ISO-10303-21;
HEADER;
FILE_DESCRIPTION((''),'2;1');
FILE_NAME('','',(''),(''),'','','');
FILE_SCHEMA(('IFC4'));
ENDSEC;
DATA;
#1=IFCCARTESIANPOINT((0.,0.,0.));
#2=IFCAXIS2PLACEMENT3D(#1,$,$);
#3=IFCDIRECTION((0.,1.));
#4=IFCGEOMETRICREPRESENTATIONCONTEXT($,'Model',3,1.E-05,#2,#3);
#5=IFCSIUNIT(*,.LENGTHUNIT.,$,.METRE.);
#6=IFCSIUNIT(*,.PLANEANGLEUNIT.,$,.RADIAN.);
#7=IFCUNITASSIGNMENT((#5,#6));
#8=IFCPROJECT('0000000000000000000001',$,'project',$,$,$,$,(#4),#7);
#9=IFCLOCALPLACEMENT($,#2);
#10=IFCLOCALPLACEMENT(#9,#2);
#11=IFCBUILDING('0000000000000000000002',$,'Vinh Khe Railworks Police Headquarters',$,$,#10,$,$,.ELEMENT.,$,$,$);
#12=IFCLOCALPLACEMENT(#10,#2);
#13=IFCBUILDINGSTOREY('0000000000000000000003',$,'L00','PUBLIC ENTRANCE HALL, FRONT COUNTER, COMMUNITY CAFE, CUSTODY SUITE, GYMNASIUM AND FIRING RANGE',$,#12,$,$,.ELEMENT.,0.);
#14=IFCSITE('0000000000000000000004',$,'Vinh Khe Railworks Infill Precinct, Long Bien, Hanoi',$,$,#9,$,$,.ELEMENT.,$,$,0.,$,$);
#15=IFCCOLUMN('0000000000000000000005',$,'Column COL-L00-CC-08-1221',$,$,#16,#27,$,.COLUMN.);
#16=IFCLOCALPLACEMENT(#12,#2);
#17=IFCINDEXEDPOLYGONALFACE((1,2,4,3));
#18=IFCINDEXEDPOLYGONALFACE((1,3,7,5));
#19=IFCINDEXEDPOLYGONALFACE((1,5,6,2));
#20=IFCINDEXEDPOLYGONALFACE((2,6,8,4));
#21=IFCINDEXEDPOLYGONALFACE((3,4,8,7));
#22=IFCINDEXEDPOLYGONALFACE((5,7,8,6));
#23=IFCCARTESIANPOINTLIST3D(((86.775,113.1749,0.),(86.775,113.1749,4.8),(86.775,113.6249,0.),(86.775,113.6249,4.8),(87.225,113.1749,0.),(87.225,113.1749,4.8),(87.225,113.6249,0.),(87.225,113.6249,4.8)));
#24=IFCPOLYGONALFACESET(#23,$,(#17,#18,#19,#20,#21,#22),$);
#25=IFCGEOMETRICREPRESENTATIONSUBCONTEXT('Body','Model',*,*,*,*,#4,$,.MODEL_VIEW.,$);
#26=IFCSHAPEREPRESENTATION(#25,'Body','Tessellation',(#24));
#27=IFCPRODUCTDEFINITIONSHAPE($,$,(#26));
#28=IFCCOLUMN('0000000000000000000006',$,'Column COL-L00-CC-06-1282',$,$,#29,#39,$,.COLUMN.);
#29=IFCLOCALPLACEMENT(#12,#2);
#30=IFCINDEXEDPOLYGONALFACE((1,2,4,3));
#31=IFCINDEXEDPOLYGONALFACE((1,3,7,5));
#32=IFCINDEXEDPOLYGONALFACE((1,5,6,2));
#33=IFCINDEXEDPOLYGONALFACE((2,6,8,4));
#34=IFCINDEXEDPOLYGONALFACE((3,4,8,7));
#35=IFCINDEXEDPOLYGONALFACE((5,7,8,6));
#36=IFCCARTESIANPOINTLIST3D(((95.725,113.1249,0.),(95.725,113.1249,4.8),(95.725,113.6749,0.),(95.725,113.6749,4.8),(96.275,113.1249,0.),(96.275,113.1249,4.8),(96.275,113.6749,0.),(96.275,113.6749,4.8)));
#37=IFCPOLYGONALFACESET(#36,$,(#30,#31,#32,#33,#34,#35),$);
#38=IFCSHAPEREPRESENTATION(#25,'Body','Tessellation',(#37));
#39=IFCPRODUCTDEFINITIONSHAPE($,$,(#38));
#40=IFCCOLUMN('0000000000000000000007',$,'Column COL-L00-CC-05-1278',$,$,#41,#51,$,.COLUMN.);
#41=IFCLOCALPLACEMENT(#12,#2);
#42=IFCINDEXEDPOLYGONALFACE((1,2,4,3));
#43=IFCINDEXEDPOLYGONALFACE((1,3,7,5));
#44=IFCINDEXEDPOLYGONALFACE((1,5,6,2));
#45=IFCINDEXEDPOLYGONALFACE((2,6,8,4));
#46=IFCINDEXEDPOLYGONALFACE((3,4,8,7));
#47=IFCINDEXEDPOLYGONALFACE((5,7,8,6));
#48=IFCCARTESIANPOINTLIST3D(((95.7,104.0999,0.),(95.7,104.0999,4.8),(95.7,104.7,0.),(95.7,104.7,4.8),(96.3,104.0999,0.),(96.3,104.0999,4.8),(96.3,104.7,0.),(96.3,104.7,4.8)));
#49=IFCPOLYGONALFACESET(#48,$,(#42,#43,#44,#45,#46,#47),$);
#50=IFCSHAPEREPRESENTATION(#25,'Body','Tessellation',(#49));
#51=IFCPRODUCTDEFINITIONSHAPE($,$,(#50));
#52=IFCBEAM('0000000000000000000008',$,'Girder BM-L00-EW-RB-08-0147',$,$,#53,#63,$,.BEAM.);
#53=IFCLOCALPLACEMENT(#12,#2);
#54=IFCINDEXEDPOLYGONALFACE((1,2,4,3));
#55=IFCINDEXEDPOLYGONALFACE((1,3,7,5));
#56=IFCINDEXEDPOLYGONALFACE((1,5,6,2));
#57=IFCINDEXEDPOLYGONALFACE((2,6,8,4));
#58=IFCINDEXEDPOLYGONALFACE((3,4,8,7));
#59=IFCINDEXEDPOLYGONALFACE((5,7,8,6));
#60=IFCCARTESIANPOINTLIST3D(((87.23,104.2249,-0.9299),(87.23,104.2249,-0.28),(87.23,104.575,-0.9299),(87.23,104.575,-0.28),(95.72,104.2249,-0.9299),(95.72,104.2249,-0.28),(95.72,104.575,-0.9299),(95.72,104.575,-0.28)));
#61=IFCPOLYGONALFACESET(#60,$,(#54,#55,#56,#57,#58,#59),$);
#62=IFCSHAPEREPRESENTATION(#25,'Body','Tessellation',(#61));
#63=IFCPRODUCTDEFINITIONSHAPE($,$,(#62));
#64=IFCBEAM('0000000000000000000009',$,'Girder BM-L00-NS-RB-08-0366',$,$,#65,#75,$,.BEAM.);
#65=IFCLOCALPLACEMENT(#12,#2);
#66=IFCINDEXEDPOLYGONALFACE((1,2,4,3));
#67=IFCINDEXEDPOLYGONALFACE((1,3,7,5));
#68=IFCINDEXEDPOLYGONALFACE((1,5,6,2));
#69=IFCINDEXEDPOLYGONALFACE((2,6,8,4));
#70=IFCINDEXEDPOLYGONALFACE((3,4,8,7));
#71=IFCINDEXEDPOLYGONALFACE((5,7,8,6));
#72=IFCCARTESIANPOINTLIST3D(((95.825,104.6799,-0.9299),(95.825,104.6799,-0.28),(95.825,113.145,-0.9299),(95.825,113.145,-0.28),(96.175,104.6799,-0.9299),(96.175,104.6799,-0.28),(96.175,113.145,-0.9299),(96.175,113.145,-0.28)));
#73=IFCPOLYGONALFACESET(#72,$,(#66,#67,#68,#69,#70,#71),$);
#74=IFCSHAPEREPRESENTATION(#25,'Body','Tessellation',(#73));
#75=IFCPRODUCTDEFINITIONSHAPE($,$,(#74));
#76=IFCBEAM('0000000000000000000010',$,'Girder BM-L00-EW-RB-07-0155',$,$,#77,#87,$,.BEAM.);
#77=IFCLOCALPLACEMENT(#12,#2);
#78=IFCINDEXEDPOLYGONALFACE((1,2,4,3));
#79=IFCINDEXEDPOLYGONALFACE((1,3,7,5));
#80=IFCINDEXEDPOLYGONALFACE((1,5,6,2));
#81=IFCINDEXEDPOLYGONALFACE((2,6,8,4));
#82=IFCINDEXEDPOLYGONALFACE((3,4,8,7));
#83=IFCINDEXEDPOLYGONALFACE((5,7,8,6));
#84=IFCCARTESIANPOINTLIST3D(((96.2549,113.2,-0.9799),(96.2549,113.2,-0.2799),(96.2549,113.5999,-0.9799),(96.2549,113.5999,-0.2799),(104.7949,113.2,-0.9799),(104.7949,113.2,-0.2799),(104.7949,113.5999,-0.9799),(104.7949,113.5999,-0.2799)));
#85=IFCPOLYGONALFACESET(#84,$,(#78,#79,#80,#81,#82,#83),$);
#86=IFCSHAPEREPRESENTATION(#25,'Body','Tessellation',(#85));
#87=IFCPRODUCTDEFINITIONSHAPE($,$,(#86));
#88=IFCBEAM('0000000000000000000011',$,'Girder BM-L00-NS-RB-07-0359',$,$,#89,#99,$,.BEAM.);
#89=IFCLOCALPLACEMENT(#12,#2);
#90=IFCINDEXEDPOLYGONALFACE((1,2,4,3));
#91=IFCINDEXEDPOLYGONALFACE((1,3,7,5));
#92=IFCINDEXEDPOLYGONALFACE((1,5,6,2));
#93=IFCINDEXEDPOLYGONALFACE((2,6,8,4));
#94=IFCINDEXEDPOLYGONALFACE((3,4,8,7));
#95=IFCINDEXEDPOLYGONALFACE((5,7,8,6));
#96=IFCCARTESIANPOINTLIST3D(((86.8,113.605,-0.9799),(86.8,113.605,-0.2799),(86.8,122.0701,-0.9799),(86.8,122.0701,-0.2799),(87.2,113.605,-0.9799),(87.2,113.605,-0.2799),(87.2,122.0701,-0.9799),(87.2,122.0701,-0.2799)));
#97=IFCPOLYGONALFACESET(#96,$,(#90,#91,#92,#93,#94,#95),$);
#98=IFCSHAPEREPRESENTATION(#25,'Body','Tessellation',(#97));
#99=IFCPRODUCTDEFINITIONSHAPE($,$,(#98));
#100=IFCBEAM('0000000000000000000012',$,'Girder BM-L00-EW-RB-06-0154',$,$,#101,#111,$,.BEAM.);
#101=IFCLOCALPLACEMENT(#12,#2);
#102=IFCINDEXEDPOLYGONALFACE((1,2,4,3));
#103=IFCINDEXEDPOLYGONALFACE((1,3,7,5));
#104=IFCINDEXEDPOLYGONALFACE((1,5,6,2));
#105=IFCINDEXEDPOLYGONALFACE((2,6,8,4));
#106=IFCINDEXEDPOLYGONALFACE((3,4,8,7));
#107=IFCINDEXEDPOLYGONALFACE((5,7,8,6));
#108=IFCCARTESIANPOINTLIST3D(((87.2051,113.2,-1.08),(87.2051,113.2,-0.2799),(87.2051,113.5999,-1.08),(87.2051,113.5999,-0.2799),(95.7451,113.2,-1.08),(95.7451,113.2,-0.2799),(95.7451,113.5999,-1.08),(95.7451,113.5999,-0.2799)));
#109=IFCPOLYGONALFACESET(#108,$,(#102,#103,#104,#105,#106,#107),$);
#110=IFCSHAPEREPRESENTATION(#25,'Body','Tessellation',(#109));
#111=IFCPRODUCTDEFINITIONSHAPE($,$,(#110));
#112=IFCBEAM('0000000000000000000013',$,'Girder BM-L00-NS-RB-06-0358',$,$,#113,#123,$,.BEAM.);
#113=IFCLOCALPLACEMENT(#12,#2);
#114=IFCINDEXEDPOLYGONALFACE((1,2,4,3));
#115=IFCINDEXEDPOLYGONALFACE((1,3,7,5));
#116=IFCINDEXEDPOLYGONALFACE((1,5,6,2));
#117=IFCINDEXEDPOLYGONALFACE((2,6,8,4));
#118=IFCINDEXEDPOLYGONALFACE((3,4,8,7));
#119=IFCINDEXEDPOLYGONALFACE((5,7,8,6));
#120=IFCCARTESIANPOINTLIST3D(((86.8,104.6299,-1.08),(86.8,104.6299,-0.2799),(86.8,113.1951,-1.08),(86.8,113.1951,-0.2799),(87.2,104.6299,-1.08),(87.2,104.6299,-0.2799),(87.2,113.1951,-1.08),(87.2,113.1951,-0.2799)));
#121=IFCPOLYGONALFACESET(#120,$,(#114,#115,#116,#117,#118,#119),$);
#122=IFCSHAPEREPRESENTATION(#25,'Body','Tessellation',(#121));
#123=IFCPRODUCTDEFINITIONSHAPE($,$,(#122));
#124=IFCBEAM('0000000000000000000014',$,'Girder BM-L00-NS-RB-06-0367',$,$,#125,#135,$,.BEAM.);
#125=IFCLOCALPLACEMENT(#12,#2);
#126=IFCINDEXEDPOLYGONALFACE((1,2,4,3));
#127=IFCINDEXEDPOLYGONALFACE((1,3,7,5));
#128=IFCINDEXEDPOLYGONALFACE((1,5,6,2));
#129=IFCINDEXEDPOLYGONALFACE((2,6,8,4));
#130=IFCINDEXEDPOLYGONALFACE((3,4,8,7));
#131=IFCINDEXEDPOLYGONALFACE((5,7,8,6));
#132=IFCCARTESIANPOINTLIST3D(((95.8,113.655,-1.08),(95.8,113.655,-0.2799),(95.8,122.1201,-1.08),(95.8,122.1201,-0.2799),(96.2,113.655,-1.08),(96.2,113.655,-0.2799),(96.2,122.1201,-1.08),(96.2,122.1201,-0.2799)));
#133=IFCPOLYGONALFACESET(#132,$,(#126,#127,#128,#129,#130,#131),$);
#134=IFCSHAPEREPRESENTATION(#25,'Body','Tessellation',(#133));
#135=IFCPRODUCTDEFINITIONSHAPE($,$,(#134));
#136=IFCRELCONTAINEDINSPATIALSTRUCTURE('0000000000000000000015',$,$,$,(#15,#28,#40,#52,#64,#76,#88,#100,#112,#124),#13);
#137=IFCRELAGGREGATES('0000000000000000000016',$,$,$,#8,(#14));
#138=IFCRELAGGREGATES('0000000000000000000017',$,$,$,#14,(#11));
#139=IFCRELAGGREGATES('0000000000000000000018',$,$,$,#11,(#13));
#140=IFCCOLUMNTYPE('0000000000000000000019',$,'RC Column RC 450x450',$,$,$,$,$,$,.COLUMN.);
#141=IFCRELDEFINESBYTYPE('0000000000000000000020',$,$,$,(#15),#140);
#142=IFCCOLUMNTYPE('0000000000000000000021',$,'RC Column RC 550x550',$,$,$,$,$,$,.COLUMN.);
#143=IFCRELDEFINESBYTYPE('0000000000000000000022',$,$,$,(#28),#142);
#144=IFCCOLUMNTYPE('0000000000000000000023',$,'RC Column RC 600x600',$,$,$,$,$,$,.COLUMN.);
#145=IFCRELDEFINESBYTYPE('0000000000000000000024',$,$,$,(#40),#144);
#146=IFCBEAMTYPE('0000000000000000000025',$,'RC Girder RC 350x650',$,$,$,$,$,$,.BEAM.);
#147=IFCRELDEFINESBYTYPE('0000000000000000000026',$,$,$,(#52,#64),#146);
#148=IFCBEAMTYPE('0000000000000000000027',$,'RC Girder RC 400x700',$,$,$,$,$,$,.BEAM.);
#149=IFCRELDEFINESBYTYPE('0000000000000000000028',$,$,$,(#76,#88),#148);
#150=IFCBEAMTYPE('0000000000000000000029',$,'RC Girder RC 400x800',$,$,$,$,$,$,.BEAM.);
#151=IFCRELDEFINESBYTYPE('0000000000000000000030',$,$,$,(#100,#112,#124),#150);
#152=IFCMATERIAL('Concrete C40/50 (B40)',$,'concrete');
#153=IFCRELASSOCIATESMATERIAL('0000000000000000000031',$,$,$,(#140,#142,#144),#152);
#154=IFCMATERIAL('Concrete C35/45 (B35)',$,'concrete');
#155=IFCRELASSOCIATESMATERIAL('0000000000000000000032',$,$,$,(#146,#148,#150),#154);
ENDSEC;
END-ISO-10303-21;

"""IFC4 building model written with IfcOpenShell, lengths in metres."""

from ifc_helpers import new_model, si_unit, direction, frame, origin, origin_2d, place, context, subcontext, project, spatial, rectangle, extrude, material, material_profile, profile_set, type_object, element, save


model = new_model("IFC4")

# Units and contexts
model_context = context("Model", 3, precision=1e-05, world=origin(), true_north=direction((0.0, 1.0)))
body_context = subcontext(model_context, "Body", "Model", "MODEL_VIEW")
ifc_project = project(units=[si_unit("LENGTHUNIT", "METRE"), si_unit("PLANEANGLEUNIT", "RADIAN")], contexts=[model_context])

# Site, building, storey
site_placement = place(None, origin())
site = spatial("IfcSite", under=ifc_project, at=site_placement, Name="Vinh Khe Railworks Infill Precinct, Long Bien, Hanoi", CompositionType="ELEMENT", RefElevation=0.0)
building_placement = place(site_placement, origin())
building = spatial("IfcBuilding", under=site, at=building_placement, Name="Vinh Khe Railworks Police Headquarters", CompositionType="ELEMENT")
storey_placement = place(building_placement, origin())
storey = spatial("IfcBuildingStorey", under=building, at=storey_placement, Name="L00", Description="PUBLIC ENTRANCE HALL, FRONT COUNTER, COMMUNITY CAFE, CUSTODY SUITE, GYMNASIUM AND FIRING RANGE", CompositionType="ELEMENT", Elevation=0.0)

# Columns
ifc_material_1 = material(Name="Concrete C40/50 (B40)", Category="concrete")
ifc_material_profile_1 = material_profile(ifc_material_1, rectangle(XDim=0.45, YDim=0.45, at=origin_2d()), Name="RC 450x450")
ifc_profile_set_1 = profile_set([ifc_material_profile_1], Name="Concrete C40/50 (B40)")
column_type_1 = type_object("IfcColumnType", Name="RC Column RC 450x450", PredefinedType="COLUMN", material=ifc_profile_set_1)
column_1_placement = place(storey_placement, frame((87.0, 113.3999, 0.0), z_axis=(0.0, 0.0, 1.0), x_axis=(1.0, 0.0, 0.0)))
element("IfcColumn", 1, at=column_1_placement, inside=storey, type_object=column_type_1, Name="Column COL-L00-CC-08-1221", PredefinedType="COLUMN", context=body_context, shape_type="SweptSolid", body=[
    extrude(rectangle(XDim=0.45, YDim=0.45, at=origin_2d()), origin(), (0.0, 0.0, 1.0), 4.8),
])
ifc_material_profile_2 = material_profile(ifc_material_1, rectangle(XDim=0.55, YDim=0.55, at=origin_2d()), Name="RC 550x550")
ifc_profile_set_2 = profile_set([ifc_material_profile_2], Name="Concrete C40/50 (B40)")
column_type_2 = type_object("IfcColumnType", Name="RC Column RC 550x550", PredefinedType="COLUMN", material=ifc_profile_set_2)
column_2_placement = place(storey_placement, frame((96.0, 113.3999, 0.0), z_axis=(0.0, 0.0, 1.0), x_axis=(1.0, 0.0, 0.0)))
element("IfcColumn", 2, at=column_2_placement, inside=storey, type_object=column_type_2, Name="Column COL-L00-CC-06-1282", PredefinedType="COLUMN", context=body_context, shape_type="SweptSolid", body=[
    extrude(rectangle(XDim=0.55, YDim=0.55, at=origin_2d()), origin(), (0.0, 0.0, 1.0), 4.8),
])
ifc_material_profile_3 = material_profile(ifc_material_1, rectangle(XDim=0.6001, YDim=0.6001, at=origin_2d()), Name="RC 600x600")
ifc_profile_set_3 = profile_set([ifc_material_profile_3], Name="Concrete C40/50 (B40)")
column_type_3 = type_object("IfcColumnType", Name="RC Column RC 600x600", PredefinedType="COLUMN", material=ifc_profile_set_3)
column_3_placement = place(storey_placement, frame((96.0, 104.3999, 0.0), z_axis=(0.0, 0.0, 1.0), x_axis=(1.0, 0.0, 0.0)))
element("IfcColumn", 3, at=column_3_placement, inside=storey, type_object=column_type_3, Name="Column COL-L00-CC-05-1278", PredefinedType="COLUMN", context=body_context, shape_type="SweptSolid", body=[
    extrude(rectangle(XDim=0.6001, YDim=0.6001, at=origin_2d()), origin(), (0.0, 0.0, 1.0), 4.8),
])

# Beams
ifc_material_2 = material(Name="Concrete C35/45 (B35)", Category="concrete")
ifc_material_profile_4 = material_profile(ifc_material_2, rectangle(XDim=0.3501, YDim=0.6499, at=origin_2d()), Name="RC 350x650")
ifc_profile_set_4 = profile_set([ifc_material_profile_4], Name="Concrete C35/45 (B35)")
beam_type_1 = type_object("IfcBeamType", Name="RC Girder RC 350x650", PredefinedType="BEAM", material=ifc_profile_set_4)
beam_1_placement = place(storey_placement, frame((87.23, 104.3999, -0.605), z_axis=(1.0, 0.0, 0.0), x_axis=(0.0, 1.0, 0.0)))
element("IfcBeam", 4, at=beam_1_placement, inside=storey, type_object=beam_type_1, Name="Girder BM-L00-EW-RB-08-0147", PredefinedType="BEAM", context=body_context, shape_type="SweptSolid", body=[
    extrude(rectangle(XDim=0.3501, YDim=0.6499, at=origin_2d()), origin(), (0.0, 0.0, 1.0), 8.49),
])
beam_2_placement = place(storey_placement, frame((96.0, 104.6799, -0.605), z_axis=(0.0, 1.0, 0.0), x_axis=(-1.0, 0.0, 0.0)))
element("IfcBeam", 5, at=beam_2_placement, inside=storey, type_object=beam_type_1, Name="Girder BM-L00-NS-RB-08-0366", PredefinedType="BEAM", context=body_context, shape_type="SweptSolid", body=[
    extrude(rectangle(XDim=0.3501, YDim=0.6499, at=origin_2d()), origin(), (0.0, 0.0, 1.0), 8.4651),
])
ifc_material_profile_5 = material_profile(ifc_material_2, rectangle(XDim=0.3999, YDim=0.7, at=origin_2d()), Name="RC 400x700")
ifc_profile_set_5 = profile_set([ifc_material_profile_5], Name="Concrete C35/45 (B35)")
beam_type_2 = type_object("IfcBeamType", Name="RC Girder RC 400x700", PredefinedType="BEAM", material=ifc_profile_set_5)
beam_3_placement = place(storey_placement, frame((96.2549, 113.3999, -0.6299), z_axis=(1.0, 0.0, 0.0), x_axis=(0.0, 1.0, 0.0)))
element("IfcBeam", 6, at=beam_3_placement, inside=storey, type_object=beam_type_2, Name="Girder BM-L00-EW-RB-07-0155", PredefinedType="BEAM", context=body_context, shape_type="SweptSolid", body=[
    extrude(rectangle(XDim=0.3999, YDim=0.7, at=origin_2d()), origin(), (0.0, 0.0, 1.0), 8.54),
])
beam_4_placement = place(storey_placement, frame((87.0, 113.605, -0.6299), z_axis=(0.0, 1.0, 0.0), x_axis=(-1.0, 0.0, 0.0)))
element("IfcBeam", 7, at=beam_4_placement, inside=storey, type_object=beam_type_2, Name="Girder BM-L00-NS-RB-07-0359", PredefinedType="BEAM", context=body_context, shape_type="SweptSolid", body=[
    extrude(rectangle(XDim=0.3999, YDim=0.7, at=origin_2d()), origin(), (0.0, 0.0, 1.0), 8.4651),
])
ifc_material_profile_6 = material_profile(ifc_material_2, rectangle(XDim=0.3999, YDim=0.8, at=origin_2d()), Name="RC 400x800")
ifc_profile_set_6 = profile_set([ifc_material_profile_6], Name="Concrete C35/45 (B35)")
beam_type_3 = type_object("IfcBeamType", Name="RC Girder RC 400x800", PredefinedType="BEAM", material=ifc_profile_set_6)
beam_5_placement = place(storey_placement, frame((87.2051, 113.3999, -0.6799), z_axis=(1.0, 0.0, 0.0), x_axis=(0.0, 1.0, 0.0)))
element("IfcBeam", 8, at=beam_5_placement, inside=storey, type_object=beam_type_3, Name="Girder BM-L00-EW-RB-06-0154", PredefinedType="BEAM", context=body_context, shape_type="SweptSolid", body=[
    extrude(rectangle(XDim=0.3999, YDim=0.8, at=origin_2d()), origin(), (0.0, 0.0, 1.0), 8.54),
])
beam_6_placement = place(storey_placement, frame((87.0, 104.6299, -0.6799), z_axis=(0.0, 1.0, 0.0), x_axis=(-1.0, 0.0, 0.0)))
element("IfcBeam", 9, at=beam_6_placement, inside=storey, type_object=beam_type_3, Name="Girder BM-L00-NS-RB-06-0358", PredefinedType="BEAM", context=body_context, shape_type="SweptSolid", body=[
    extrude(rectangle(XDim=0.3999, YDim=0.8, at=origin_2d()), origin(), (0.0, 0.0, 1.0), 8.5652),
])
beam_7_placement = place(storey_placement, frame((96.0, 113.655, -0.6799), z_axis=(0.0, 1.0, 0.0), x_axis=(-1.0, 0.0, 0.0)))
element("IfcBeam", 10, at=beam_7_placement, inside=storey, type_object=beam_type_3, Name="Girder BM-L00-NS-RB-06-0367", PredefinedType="BEAM", context=body_context, shape_type="SweptSolid", body=[
    extrude(rectangle(XDim=0.3999, YDim=0.8, at=origin_2d()), origin(), (0.0, 0.0, 1.0), 8.4651),
])

save(model, "model.ifc")
